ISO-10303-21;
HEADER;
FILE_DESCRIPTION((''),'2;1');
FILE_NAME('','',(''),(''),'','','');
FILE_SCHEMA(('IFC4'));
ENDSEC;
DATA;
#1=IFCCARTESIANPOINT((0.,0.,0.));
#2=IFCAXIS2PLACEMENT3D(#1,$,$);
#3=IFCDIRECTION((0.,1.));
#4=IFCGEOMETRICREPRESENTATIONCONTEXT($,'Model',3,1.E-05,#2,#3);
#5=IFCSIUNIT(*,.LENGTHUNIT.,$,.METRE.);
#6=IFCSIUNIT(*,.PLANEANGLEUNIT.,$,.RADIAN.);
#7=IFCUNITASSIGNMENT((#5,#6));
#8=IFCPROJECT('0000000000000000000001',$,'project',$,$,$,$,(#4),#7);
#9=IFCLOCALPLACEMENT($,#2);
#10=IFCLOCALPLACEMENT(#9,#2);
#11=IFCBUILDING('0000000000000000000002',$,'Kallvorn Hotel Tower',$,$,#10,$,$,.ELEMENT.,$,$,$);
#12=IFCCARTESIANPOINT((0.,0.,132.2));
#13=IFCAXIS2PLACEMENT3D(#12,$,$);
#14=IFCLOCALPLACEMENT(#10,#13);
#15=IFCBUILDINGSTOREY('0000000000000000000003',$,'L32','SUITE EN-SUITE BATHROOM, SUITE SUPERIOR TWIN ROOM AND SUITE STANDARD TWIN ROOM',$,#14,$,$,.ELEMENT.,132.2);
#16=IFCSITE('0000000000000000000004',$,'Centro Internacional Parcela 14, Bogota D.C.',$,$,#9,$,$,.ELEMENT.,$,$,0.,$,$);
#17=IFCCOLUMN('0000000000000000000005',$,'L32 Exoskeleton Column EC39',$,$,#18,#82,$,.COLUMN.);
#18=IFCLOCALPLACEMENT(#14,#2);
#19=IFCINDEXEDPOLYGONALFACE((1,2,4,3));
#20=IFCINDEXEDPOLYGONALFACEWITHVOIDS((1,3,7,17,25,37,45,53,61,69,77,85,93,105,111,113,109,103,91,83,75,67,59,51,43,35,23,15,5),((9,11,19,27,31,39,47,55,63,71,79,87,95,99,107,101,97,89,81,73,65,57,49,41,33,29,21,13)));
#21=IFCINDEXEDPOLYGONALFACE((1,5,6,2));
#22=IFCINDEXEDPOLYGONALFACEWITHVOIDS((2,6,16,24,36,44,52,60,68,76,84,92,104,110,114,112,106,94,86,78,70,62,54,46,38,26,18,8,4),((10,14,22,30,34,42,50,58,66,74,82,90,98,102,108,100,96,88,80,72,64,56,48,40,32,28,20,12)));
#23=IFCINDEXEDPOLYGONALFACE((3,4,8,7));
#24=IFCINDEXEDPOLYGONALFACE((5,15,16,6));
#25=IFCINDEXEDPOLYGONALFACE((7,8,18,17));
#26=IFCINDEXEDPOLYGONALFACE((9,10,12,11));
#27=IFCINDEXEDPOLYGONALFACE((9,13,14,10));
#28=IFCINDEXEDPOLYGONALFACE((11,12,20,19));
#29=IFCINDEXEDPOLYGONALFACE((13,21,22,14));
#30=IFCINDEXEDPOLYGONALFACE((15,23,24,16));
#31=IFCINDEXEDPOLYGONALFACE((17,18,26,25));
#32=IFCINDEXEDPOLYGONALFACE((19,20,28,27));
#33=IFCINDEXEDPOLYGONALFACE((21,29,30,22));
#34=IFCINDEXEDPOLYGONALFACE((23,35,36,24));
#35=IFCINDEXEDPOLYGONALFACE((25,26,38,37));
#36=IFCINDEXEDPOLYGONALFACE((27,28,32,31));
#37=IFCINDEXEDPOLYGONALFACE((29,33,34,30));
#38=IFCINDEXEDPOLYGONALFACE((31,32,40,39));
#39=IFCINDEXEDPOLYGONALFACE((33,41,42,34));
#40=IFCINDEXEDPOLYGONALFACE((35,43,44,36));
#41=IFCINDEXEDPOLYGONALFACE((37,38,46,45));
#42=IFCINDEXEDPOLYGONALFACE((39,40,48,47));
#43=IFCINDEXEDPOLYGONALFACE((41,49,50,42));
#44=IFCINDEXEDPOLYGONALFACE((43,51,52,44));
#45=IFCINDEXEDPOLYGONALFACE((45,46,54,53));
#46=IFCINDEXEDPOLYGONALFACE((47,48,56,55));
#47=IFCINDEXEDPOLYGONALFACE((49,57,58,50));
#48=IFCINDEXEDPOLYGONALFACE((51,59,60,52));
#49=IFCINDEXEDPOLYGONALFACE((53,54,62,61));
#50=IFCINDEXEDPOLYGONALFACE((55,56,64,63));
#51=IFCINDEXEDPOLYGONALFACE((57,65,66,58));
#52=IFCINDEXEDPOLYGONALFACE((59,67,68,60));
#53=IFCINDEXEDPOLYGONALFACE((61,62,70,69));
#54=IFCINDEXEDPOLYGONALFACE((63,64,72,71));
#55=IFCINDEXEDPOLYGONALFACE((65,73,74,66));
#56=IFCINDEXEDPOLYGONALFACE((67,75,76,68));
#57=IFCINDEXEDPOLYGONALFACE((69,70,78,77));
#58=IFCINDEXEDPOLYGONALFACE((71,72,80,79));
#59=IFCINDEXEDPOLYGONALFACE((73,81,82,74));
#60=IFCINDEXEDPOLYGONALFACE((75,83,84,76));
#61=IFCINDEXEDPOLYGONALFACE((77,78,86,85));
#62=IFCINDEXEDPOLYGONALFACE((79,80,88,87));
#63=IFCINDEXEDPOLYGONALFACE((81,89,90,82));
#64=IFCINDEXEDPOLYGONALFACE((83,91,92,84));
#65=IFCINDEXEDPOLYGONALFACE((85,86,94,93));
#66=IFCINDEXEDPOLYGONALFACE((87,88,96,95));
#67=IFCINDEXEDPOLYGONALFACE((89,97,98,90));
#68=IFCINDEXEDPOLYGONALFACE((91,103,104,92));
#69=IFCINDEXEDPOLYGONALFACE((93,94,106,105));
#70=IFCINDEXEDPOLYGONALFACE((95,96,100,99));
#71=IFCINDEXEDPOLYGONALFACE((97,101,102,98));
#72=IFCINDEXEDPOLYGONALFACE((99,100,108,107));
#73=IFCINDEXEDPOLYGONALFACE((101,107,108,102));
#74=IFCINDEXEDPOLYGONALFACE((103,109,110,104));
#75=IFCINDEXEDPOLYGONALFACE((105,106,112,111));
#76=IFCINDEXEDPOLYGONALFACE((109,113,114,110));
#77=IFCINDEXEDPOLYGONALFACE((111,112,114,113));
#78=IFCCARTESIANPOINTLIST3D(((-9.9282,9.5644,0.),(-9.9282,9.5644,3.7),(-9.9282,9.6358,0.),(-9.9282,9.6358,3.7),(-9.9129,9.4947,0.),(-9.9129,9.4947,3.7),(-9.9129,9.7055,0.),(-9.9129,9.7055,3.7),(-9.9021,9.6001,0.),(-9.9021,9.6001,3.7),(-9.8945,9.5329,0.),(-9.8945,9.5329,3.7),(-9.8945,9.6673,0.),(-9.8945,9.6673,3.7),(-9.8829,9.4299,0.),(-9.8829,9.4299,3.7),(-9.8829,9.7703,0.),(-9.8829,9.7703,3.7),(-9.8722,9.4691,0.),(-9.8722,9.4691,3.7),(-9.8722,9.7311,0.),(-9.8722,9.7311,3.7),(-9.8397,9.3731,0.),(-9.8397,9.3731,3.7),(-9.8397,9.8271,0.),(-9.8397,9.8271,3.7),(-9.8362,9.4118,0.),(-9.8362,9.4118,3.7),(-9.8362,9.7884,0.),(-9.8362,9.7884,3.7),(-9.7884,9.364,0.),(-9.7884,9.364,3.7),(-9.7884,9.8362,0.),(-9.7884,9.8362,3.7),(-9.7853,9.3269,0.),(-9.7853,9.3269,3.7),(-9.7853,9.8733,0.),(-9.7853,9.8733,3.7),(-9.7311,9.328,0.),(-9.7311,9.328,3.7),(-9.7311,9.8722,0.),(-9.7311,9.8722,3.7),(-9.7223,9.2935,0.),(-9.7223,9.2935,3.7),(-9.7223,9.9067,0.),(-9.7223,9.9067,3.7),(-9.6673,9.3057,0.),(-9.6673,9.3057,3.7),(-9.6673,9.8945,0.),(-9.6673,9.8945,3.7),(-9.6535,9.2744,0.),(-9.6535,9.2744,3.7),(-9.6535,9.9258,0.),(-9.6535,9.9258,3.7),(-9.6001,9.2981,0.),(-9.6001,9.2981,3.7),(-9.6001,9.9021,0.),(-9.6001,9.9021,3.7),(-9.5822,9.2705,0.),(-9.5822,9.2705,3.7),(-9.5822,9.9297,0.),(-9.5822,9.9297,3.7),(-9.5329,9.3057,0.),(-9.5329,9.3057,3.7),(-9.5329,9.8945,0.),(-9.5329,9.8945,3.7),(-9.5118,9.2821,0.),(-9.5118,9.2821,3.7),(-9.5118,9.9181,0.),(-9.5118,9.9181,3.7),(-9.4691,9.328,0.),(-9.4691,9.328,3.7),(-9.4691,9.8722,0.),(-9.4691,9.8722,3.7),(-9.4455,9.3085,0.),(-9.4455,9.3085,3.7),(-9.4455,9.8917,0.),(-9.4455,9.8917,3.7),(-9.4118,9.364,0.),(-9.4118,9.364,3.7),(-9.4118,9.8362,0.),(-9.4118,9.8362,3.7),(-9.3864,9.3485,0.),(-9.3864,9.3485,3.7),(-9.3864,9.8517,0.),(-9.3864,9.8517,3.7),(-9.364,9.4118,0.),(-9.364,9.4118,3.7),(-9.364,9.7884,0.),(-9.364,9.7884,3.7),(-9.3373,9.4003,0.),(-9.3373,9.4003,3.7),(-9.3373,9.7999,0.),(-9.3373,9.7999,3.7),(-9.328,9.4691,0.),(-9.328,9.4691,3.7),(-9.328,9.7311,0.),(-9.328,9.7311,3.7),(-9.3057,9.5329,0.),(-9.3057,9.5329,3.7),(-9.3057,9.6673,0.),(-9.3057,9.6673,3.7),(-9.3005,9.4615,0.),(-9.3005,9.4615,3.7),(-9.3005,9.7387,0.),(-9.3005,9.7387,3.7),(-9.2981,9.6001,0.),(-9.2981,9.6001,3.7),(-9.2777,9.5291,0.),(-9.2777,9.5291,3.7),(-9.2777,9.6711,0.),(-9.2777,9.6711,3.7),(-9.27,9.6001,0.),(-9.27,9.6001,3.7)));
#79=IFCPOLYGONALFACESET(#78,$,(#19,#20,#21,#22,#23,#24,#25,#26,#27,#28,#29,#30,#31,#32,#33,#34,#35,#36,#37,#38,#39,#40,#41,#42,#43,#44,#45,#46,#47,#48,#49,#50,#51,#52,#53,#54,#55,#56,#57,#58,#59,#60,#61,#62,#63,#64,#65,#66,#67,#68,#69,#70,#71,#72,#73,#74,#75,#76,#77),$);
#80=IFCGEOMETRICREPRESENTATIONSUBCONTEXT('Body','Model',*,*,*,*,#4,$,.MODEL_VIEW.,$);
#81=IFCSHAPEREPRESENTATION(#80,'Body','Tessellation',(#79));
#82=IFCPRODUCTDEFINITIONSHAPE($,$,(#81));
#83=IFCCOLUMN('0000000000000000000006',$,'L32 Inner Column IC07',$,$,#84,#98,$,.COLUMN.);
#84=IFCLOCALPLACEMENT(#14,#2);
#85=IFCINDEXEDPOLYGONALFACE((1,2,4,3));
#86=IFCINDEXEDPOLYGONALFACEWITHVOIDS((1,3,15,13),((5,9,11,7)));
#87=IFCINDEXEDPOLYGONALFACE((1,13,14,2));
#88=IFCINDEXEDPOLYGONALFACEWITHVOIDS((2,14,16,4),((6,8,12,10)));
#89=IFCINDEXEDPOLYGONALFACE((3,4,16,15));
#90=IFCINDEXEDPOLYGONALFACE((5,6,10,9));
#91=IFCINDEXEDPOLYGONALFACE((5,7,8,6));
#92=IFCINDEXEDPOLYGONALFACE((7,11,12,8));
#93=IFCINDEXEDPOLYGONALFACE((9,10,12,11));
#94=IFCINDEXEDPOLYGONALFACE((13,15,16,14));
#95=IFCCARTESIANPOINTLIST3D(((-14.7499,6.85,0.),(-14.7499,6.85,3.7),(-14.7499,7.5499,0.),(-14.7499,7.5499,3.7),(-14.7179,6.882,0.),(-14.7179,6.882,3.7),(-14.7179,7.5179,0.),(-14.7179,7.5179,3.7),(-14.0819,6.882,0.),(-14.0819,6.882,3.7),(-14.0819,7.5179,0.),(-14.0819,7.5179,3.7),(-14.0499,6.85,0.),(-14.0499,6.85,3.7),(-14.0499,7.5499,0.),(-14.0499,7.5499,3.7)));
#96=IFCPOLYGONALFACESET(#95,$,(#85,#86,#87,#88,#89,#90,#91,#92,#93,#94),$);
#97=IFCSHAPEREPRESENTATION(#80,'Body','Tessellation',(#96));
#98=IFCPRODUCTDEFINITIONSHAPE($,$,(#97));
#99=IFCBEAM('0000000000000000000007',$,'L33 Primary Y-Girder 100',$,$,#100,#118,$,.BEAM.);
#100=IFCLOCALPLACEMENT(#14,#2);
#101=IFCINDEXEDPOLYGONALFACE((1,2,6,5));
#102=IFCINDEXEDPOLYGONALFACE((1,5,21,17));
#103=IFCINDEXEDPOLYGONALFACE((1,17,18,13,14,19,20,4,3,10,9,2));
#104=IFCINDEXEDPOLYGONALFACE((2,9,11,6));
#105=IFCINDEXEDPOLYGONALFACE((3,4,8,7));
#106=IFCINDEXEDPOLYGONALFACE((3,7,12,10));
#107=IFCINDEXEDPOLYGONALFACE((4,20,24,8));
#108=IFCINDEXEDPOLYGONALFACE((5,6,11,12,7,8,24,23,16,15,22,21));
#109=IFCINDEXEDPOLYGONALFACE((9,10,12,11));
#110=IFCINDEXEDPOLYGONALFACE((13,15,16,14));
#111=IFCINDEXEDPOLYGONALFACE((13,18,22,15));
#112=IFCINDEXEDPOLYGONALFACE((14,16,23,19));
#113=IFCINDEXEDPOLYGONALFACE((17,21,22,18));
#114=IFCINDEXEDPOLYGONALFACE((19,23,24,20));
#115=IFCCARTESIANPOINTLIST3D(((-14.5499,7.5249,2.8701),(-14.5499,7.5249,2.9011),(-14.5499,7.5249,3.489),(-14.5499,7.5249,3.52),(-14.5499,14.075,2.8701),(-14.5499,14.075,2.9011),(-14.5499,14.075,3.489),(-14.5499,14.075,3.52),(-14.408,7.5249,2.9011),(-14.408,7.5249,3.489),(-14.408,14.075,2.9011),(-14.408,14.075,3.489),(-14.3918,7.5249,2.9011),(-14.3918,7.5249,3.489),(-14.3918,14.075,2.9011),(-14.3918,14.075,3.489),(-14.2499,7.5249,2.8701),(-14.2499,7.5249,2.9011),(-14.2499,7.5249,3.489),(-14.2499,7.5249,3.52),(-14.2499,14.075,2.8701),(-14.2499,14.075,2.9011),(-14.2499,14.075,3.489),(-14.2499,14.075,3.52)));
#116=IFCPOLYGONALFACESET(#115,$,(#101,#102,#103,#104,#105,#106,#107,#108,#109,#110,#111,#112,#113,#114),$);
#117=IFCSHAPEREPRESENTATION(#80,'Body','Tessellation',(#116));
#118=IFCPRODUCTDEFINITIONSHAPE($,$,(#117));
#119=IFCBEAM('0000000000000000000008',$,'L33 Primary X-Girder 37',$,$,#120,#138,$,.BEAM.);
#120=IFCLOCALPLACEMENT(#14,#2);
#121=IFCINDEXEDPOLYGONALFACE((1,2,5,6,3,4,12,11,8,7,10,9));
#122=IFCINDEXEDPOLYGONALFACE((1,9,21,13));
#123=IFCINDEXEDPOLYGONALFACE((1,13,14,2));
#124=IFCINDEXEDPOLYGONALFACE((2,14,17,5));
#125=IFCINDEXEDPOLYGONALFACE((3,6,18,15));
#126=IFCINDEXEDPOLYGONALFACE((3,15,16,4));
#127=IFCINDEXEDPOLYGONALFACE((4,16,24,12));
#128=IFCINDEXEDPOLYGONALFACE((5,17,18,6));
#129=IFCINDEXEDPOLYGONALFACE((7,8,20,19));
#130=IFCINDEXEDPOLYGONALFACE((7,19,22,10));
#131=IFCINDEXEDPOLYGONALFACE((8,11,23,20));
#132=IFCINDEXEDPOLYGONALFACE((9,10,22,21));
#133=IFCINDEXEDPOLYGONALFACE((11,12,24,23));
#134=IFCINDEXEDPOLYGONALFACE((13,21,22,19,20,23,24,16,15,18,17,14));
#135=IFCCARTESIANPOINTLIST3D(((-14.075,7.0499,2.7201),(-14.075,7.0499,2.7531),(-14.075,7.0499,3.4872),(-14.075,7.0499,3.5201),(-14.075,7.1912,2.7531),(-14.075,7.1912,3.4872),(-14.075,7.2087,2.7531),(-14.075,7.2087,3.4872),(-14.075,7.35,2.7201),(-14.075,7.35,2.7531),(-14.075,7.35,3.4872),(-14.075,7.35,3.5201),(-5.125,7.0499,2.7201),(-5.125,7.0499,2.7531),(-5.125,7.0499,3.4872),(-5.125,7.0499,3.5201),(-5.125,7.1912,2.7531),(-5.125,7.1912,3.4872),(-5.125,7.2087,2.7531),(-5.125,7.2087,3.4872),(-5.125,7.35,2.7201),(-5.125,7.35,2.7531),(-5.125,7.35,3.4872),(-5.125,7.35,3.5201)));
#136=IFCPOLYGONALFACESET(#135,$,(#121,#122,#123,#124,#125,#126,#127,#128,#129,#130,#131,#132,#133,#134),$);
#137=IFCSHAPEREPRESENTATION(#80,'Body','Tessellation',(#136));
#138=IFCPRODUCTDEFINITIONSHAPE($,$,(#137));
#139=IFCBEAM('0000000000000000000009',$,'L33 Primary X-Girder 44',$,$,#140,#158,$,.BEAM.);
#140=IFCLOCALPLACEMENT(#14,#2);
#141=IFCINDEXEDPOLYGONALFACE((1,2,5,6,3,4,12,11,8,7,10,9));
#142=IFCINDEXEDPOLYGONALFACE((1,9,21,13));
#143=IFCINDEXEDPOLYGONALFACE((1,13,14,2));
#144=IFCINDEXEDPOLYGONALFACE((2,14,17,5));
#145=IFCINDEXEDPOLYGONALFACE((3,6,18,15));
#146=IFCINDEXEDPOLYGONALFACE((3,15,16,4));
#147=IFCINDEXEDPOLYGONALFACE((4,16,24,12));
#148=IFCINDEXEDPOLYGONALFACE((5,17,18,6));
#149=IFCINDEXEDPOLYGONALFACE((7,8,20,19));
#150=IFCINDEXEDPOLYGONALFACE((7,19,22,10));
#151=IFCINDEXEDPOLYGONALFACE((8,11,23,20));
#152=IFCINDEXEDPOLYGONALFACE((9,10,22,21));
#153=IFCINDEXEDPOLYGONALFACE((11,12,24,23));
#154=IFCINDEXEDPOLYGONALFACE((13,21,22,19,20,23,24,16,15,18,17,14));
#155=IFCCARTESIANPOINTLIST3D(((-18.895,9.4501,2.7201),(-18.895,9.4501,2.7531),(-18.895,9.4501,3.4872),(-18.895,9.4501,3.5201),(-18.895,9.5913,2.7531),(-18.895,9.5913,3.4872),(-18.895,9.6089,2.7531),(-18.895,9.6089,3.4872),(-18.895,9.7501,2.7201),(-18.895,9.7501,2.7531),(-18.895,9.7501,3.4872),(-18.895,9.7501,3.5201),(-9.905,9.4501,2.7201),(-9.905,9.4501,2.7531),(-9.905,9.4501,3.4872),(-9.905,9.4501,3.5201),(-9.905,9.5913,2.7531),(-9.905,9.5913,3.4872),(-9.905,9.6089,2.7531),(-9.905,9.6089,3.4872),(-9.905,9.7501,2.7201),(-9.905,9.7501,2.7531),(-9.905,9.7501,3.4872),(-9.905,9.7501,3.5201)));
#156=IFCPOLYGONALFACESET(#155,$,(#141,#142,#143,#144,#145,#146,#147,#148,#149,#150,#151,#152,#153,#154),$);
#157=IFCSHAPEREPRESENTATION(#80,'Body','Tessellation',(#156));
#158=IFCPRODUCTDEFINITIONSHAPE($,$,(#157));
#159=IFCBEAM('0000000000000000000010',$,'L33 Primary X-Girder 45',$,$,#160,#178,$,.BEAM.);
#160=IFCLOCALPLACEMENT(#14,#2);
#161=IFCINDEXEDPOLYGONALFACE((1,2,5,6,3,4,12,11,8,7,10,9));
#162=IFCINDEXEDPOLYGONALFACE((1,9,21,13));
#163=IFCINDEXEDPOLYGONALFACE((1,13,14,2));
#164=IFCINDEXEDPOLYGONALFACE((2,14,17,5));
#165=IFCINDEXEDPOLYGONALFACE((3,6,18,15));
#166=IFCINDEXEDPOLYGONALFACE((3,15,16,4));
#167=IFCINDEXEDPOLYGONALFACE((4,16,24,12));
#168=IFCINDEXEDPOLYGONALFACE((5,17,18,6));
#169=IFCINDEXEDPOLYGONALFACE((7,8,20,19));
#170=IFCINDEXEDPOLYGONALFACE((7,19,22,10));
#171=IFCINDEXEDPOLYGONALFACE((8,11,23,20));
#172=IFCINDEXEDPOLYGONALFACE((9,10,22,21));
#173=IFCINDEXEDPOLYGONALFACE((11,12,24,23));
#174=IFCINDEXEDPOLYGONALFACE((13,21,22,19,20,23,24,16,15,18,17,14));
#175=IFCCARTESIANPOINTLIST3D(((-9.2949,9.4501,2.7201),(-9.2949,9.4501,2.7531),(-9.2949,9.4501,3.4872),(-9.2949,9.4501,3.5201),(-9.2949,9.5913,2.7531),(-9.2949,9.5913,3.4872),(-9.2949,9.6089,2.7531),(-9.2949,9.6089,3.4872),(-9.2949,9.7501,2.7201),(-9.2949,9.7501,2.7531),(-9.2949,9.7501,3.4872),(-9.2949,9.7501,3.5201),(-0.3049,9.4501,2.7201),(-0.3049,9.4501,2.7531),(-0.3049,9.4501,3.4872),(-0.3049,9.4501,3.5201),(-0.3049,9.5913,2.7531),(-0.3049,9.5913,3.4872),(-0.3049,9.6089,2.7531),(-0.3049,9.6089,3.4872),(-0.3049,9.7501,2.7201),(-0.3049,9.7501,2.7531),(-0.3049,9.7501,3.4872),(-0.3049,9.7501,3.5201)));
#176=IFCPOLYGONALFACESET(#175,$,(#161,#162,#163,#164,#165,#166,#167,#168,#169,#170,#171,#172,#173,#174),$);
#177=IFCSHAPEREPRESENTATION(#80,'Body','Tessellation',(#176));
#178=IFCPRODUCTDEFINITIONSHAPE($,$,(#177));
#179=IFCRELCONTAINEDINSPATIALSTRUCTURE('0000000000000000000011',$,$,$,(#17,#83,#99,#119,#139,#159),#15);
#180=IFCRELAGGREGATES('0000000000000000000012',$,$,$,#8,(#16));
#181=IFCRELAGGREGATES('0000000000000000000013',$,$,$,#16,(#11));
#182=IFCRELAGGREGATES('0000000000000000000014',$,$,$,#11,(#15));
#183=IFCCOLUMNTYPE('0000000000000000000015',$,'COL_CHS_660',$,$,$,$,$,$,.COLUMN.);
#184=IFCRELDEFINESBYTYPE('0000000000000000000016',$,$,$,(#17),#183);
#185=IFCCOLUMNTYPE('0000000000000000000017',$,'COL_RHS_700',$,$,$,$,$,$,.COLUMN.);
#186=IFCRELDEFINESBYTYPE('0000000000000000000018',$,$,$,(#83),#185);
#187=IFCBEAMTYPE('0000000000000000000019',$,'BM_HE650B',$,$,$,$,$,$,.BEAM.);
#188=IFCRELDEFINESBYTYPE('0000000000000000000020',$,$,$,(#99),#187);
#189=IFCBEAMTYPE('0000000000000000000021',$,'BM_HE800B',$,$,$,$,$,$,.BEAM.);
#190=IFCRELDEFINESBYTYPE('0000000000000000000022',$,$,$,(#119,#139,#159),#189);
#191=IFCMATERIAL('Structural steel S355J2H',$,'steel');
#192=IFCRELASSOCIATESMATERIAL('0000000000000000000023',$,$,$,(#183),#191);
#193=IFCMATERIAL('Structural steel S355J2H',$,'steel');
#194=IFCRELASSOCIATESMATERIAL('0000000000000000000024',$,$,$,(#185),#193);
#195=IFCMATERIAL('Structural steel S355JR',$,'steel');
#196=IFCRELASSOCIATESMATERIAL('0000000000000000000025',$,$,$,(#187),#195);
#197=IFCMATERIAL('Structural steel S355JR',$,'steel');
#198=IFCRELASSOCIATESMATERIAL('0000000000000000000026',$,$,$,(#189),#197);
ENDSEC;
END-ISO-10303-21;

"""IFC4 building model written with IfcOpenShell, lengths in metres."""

from ifc_helpers import new_model, si_unit, direction, frame, origin, origin_2d, place, context, subcontext, project, spatial, hollow_rectangle, hollow_circle, i_section, extrude, material, material_profile, profile_set, type_object, element, save


model = new_model("IFC4")

# Units and contexts
model_context = context("Model", 3, precision=1e-05, world=origin(), true_north=direction((0.0, 1.0)))
body_context = subcontext(model_context, "Body", "Model", "MODEL_VIEW")
ifc_project = project(units=[si_unit("LENGTHUNIT", "METRE"), si_unit("PLANEANGLEUNIT", "RADIAN")], contexts=[model_context])

# Site, building, storey
site_placement = place(None, origin())
site = spatial("IfcSite", under=ifc_project, at=site_placement, Name="Centro Internacional Parcela 14, Bogota D.C.", CompositionType="ELEMENT", RefElevation=0.0)
building_placement = place(site_placement, origin())
building = spatial("IfcBuilding", under=site, at=building_placement, Name="Kallvorn Hotel Tower", CompositionType="ELEMENT")
storey_placement = place(building_placement, frame((0.0, 0.0, 132.2)))
storey = spatial("IfcBuildingStorey", under=building, at=storey_placement, Name="L32", Description="SUITE EN-SUITE BATHROOM, SUITE SUPERIOR TWIN ROOM AND SUITE STANDARD TWIN ROOM", CompositionType="ELEMENT", Elevation=132.2)

# Columns
ifc_material_1 = material(Name="Structural steel S355J2H", Category="steel")
ifc_material_profile_1 = material_profile(ifc_material_1, hollow_circle(Radius=0.3301, WallThickness=0.0281, at=origin_2d()), Name="CHS 660x28")
ifc_profile_set_1 = profile_set([ifc_material_profile_1], Name="Structural steel S355J2H")
column_type_1 = type_object("IfcColumnType", Name="COL_CHS_660", PredefinedType="COLUMN", material=ifc_profile_set_1)
column_1_placement = place(storey_placement, frame((-9.6001, 9.6001, 0.0), z_axis=(0.0, 0.0, 1.0), x_axis=(1.0, 0.0, 0.0)))
element("IfcColumn", 1, at=column_1_placement, inside=storey, type_object=column_type_1, Name="L32 Exoskeleton Column EC39", PredefinedType="COLUMN", context=body_context, shape_type="SweptSolid", body=[
    extrude(hollow_circle(Radius=0.3301, WallThickness=0.0281, at=origin_2d()), origin(), (0.0, 0.0, 1.0), 3.7),
])
ifc_material_2 = material(Name="Structural steel S355J2H", Category="steel")
ifc_material_profile_2 = material_profile(ifc_material_2, hollow_rectangle(XDim=0.7, YDim=0.7, WallThickness=0.032, at=origin_2d()), Name="RHS 700x700x32")
ifc_profile_set_2 = profile_set([ifc_material_profile_2], Name="Structural steel S355J2H")
column_type_2 = type_object("IfcColumnType", Name="COL_RHS_700", PredefinedType="COLUMN", material=ifc_profile_set_2)
column_2_placement = place(storey_placement, frame((-14.3999, 7.2, 0.0), z_axis=(0.0, 0.0, 1.0), x_axis=(1.0, 0.0, 0.0)))
element("IfcColumn", 2, at=column_2_placement, inside=storey, type_object=column_type_2, Name="L32 Inner Column IC07", PredefinedType="COLUMN", context=body_context, shape_type="SweptSolid", body=[
    extrude(hollow_rectangle(XDim=0.7, YDim=0.7, WallThickness=0.032, at=origin_2d()), origin(), (0.0, 0.0, 1.0), 3.7),
])

# Beams
ifc_material_3 = material(Name="Structural steel S355JR", Category="steel")
ifc_material_profile_3 = material_profile(ifc_material_3, i_section(OverallWidth=0.3, OverallDepth=0.6499, WebThickness=0.0161, FlangeThickness=0.031, at=origin_2d()), Name="HE 650 B")
ifc_profile_set_3 = profile_set([ifc_material_profile_3], Name="Structural steel S355JR")
beam_type_1 = type_object("IfcBeamType", Name="BM_HE650B", PredefinedType="BEAM", material=ifc_profile_set_3)
beam_1_placement = place(storey_placement, frame((-14.3999, 7.5249, 3.1951), z_axis=(0.0, 1.0, 0.0), x_axis=(-1.0, 0.0, 0.0)))
element("IfcBeam", 3, at=beam_1_placement, inside=storey, type_object=beam_type_1, Name="L33 Primary Y-Girder 100", PredefinedType="BEAM", context=body_context, shape_type="SweptSolid", body=[
    extrude(i_section(OverallWidth=0.3, OverallDepth=0.6499, WebThickness=0.0161, FlangeThickness=0.031, at=origin_2d()), origin(), (0.0, 0.0, 1.0), 6.55),
])
ifc_material_4 = material(Name="Structural steel S355JR", Category="steel")
ifc_material_profile_4 = material_profile(ifc_material_4, i_section(OverallWidth=0.3, OverallDepth=0.8, WebThickness=0.0176, FlangeThickness=0.033, at=origin_2d()), Name="HE 800 B")
ifc_profile_set_4 = profile_set([ifc_material_profile_4], Name="Structural steel S355JR")
beam_type_2 = type_object("IfcBeamType", Name="BM_HE800B", PredefinedType="BEAM", material=ifc_profile_set_4)
beam_2_placement = place(storey_placement, frame((-14.075, 7.2, 3.1201), z_axis=(1.0, 0.0, 0.0), x_axis=(0.0, 1.0, 0.0)))
element("IfcBeam", 4, at=beam_2_placement, inside=storey, type_object=beam_type_2, Name="L33 Primary X-Girder 37", PredefinedType="BEAM", context=body_context, shape_type="SweptSolid", body=[
    extrude(i_section(OverallWidth=0.3, OverallDepth=0.8, WebThickness=0.0176, FlangeThickness=0.033, at=origin_2d()), origin(), (0.0, 0.0, 1.0), 8.95),
])
for number, where, z_axis, x_axis, name in (
    (5, (-18.895, 9.6001, 3.1201), (1.0, 0.0, 0.0), (0.0, 1.0, 0.0), "L33 Primary X-Girder 44"),
    (6, (-9.2949, 9.6001, 3.1201), (1.0, 0.0, 0.0), (0.0, 1.0, 0.0), "L33 Primary X-Girder 45"),
):
    element("IfcBeam", number, at=place(storey_placement, frame(where, z_axis=z_axis, x_axis=x_axis)), inside=storey, type_object=beam_type_2, Name=name, PredefinedType="BEAM", context=body_context, shape_type="SweptSolid", body=[
        extrude(i_section(OverallWidth=0.3, OverallDepth=0.8, WebThickness=0.0176, FlangeThickness=0.033, at=origin_2d()), origin(), (0.0, 0.0, 1.0), 8.99),
    ])

save(model, "model.ifc")
